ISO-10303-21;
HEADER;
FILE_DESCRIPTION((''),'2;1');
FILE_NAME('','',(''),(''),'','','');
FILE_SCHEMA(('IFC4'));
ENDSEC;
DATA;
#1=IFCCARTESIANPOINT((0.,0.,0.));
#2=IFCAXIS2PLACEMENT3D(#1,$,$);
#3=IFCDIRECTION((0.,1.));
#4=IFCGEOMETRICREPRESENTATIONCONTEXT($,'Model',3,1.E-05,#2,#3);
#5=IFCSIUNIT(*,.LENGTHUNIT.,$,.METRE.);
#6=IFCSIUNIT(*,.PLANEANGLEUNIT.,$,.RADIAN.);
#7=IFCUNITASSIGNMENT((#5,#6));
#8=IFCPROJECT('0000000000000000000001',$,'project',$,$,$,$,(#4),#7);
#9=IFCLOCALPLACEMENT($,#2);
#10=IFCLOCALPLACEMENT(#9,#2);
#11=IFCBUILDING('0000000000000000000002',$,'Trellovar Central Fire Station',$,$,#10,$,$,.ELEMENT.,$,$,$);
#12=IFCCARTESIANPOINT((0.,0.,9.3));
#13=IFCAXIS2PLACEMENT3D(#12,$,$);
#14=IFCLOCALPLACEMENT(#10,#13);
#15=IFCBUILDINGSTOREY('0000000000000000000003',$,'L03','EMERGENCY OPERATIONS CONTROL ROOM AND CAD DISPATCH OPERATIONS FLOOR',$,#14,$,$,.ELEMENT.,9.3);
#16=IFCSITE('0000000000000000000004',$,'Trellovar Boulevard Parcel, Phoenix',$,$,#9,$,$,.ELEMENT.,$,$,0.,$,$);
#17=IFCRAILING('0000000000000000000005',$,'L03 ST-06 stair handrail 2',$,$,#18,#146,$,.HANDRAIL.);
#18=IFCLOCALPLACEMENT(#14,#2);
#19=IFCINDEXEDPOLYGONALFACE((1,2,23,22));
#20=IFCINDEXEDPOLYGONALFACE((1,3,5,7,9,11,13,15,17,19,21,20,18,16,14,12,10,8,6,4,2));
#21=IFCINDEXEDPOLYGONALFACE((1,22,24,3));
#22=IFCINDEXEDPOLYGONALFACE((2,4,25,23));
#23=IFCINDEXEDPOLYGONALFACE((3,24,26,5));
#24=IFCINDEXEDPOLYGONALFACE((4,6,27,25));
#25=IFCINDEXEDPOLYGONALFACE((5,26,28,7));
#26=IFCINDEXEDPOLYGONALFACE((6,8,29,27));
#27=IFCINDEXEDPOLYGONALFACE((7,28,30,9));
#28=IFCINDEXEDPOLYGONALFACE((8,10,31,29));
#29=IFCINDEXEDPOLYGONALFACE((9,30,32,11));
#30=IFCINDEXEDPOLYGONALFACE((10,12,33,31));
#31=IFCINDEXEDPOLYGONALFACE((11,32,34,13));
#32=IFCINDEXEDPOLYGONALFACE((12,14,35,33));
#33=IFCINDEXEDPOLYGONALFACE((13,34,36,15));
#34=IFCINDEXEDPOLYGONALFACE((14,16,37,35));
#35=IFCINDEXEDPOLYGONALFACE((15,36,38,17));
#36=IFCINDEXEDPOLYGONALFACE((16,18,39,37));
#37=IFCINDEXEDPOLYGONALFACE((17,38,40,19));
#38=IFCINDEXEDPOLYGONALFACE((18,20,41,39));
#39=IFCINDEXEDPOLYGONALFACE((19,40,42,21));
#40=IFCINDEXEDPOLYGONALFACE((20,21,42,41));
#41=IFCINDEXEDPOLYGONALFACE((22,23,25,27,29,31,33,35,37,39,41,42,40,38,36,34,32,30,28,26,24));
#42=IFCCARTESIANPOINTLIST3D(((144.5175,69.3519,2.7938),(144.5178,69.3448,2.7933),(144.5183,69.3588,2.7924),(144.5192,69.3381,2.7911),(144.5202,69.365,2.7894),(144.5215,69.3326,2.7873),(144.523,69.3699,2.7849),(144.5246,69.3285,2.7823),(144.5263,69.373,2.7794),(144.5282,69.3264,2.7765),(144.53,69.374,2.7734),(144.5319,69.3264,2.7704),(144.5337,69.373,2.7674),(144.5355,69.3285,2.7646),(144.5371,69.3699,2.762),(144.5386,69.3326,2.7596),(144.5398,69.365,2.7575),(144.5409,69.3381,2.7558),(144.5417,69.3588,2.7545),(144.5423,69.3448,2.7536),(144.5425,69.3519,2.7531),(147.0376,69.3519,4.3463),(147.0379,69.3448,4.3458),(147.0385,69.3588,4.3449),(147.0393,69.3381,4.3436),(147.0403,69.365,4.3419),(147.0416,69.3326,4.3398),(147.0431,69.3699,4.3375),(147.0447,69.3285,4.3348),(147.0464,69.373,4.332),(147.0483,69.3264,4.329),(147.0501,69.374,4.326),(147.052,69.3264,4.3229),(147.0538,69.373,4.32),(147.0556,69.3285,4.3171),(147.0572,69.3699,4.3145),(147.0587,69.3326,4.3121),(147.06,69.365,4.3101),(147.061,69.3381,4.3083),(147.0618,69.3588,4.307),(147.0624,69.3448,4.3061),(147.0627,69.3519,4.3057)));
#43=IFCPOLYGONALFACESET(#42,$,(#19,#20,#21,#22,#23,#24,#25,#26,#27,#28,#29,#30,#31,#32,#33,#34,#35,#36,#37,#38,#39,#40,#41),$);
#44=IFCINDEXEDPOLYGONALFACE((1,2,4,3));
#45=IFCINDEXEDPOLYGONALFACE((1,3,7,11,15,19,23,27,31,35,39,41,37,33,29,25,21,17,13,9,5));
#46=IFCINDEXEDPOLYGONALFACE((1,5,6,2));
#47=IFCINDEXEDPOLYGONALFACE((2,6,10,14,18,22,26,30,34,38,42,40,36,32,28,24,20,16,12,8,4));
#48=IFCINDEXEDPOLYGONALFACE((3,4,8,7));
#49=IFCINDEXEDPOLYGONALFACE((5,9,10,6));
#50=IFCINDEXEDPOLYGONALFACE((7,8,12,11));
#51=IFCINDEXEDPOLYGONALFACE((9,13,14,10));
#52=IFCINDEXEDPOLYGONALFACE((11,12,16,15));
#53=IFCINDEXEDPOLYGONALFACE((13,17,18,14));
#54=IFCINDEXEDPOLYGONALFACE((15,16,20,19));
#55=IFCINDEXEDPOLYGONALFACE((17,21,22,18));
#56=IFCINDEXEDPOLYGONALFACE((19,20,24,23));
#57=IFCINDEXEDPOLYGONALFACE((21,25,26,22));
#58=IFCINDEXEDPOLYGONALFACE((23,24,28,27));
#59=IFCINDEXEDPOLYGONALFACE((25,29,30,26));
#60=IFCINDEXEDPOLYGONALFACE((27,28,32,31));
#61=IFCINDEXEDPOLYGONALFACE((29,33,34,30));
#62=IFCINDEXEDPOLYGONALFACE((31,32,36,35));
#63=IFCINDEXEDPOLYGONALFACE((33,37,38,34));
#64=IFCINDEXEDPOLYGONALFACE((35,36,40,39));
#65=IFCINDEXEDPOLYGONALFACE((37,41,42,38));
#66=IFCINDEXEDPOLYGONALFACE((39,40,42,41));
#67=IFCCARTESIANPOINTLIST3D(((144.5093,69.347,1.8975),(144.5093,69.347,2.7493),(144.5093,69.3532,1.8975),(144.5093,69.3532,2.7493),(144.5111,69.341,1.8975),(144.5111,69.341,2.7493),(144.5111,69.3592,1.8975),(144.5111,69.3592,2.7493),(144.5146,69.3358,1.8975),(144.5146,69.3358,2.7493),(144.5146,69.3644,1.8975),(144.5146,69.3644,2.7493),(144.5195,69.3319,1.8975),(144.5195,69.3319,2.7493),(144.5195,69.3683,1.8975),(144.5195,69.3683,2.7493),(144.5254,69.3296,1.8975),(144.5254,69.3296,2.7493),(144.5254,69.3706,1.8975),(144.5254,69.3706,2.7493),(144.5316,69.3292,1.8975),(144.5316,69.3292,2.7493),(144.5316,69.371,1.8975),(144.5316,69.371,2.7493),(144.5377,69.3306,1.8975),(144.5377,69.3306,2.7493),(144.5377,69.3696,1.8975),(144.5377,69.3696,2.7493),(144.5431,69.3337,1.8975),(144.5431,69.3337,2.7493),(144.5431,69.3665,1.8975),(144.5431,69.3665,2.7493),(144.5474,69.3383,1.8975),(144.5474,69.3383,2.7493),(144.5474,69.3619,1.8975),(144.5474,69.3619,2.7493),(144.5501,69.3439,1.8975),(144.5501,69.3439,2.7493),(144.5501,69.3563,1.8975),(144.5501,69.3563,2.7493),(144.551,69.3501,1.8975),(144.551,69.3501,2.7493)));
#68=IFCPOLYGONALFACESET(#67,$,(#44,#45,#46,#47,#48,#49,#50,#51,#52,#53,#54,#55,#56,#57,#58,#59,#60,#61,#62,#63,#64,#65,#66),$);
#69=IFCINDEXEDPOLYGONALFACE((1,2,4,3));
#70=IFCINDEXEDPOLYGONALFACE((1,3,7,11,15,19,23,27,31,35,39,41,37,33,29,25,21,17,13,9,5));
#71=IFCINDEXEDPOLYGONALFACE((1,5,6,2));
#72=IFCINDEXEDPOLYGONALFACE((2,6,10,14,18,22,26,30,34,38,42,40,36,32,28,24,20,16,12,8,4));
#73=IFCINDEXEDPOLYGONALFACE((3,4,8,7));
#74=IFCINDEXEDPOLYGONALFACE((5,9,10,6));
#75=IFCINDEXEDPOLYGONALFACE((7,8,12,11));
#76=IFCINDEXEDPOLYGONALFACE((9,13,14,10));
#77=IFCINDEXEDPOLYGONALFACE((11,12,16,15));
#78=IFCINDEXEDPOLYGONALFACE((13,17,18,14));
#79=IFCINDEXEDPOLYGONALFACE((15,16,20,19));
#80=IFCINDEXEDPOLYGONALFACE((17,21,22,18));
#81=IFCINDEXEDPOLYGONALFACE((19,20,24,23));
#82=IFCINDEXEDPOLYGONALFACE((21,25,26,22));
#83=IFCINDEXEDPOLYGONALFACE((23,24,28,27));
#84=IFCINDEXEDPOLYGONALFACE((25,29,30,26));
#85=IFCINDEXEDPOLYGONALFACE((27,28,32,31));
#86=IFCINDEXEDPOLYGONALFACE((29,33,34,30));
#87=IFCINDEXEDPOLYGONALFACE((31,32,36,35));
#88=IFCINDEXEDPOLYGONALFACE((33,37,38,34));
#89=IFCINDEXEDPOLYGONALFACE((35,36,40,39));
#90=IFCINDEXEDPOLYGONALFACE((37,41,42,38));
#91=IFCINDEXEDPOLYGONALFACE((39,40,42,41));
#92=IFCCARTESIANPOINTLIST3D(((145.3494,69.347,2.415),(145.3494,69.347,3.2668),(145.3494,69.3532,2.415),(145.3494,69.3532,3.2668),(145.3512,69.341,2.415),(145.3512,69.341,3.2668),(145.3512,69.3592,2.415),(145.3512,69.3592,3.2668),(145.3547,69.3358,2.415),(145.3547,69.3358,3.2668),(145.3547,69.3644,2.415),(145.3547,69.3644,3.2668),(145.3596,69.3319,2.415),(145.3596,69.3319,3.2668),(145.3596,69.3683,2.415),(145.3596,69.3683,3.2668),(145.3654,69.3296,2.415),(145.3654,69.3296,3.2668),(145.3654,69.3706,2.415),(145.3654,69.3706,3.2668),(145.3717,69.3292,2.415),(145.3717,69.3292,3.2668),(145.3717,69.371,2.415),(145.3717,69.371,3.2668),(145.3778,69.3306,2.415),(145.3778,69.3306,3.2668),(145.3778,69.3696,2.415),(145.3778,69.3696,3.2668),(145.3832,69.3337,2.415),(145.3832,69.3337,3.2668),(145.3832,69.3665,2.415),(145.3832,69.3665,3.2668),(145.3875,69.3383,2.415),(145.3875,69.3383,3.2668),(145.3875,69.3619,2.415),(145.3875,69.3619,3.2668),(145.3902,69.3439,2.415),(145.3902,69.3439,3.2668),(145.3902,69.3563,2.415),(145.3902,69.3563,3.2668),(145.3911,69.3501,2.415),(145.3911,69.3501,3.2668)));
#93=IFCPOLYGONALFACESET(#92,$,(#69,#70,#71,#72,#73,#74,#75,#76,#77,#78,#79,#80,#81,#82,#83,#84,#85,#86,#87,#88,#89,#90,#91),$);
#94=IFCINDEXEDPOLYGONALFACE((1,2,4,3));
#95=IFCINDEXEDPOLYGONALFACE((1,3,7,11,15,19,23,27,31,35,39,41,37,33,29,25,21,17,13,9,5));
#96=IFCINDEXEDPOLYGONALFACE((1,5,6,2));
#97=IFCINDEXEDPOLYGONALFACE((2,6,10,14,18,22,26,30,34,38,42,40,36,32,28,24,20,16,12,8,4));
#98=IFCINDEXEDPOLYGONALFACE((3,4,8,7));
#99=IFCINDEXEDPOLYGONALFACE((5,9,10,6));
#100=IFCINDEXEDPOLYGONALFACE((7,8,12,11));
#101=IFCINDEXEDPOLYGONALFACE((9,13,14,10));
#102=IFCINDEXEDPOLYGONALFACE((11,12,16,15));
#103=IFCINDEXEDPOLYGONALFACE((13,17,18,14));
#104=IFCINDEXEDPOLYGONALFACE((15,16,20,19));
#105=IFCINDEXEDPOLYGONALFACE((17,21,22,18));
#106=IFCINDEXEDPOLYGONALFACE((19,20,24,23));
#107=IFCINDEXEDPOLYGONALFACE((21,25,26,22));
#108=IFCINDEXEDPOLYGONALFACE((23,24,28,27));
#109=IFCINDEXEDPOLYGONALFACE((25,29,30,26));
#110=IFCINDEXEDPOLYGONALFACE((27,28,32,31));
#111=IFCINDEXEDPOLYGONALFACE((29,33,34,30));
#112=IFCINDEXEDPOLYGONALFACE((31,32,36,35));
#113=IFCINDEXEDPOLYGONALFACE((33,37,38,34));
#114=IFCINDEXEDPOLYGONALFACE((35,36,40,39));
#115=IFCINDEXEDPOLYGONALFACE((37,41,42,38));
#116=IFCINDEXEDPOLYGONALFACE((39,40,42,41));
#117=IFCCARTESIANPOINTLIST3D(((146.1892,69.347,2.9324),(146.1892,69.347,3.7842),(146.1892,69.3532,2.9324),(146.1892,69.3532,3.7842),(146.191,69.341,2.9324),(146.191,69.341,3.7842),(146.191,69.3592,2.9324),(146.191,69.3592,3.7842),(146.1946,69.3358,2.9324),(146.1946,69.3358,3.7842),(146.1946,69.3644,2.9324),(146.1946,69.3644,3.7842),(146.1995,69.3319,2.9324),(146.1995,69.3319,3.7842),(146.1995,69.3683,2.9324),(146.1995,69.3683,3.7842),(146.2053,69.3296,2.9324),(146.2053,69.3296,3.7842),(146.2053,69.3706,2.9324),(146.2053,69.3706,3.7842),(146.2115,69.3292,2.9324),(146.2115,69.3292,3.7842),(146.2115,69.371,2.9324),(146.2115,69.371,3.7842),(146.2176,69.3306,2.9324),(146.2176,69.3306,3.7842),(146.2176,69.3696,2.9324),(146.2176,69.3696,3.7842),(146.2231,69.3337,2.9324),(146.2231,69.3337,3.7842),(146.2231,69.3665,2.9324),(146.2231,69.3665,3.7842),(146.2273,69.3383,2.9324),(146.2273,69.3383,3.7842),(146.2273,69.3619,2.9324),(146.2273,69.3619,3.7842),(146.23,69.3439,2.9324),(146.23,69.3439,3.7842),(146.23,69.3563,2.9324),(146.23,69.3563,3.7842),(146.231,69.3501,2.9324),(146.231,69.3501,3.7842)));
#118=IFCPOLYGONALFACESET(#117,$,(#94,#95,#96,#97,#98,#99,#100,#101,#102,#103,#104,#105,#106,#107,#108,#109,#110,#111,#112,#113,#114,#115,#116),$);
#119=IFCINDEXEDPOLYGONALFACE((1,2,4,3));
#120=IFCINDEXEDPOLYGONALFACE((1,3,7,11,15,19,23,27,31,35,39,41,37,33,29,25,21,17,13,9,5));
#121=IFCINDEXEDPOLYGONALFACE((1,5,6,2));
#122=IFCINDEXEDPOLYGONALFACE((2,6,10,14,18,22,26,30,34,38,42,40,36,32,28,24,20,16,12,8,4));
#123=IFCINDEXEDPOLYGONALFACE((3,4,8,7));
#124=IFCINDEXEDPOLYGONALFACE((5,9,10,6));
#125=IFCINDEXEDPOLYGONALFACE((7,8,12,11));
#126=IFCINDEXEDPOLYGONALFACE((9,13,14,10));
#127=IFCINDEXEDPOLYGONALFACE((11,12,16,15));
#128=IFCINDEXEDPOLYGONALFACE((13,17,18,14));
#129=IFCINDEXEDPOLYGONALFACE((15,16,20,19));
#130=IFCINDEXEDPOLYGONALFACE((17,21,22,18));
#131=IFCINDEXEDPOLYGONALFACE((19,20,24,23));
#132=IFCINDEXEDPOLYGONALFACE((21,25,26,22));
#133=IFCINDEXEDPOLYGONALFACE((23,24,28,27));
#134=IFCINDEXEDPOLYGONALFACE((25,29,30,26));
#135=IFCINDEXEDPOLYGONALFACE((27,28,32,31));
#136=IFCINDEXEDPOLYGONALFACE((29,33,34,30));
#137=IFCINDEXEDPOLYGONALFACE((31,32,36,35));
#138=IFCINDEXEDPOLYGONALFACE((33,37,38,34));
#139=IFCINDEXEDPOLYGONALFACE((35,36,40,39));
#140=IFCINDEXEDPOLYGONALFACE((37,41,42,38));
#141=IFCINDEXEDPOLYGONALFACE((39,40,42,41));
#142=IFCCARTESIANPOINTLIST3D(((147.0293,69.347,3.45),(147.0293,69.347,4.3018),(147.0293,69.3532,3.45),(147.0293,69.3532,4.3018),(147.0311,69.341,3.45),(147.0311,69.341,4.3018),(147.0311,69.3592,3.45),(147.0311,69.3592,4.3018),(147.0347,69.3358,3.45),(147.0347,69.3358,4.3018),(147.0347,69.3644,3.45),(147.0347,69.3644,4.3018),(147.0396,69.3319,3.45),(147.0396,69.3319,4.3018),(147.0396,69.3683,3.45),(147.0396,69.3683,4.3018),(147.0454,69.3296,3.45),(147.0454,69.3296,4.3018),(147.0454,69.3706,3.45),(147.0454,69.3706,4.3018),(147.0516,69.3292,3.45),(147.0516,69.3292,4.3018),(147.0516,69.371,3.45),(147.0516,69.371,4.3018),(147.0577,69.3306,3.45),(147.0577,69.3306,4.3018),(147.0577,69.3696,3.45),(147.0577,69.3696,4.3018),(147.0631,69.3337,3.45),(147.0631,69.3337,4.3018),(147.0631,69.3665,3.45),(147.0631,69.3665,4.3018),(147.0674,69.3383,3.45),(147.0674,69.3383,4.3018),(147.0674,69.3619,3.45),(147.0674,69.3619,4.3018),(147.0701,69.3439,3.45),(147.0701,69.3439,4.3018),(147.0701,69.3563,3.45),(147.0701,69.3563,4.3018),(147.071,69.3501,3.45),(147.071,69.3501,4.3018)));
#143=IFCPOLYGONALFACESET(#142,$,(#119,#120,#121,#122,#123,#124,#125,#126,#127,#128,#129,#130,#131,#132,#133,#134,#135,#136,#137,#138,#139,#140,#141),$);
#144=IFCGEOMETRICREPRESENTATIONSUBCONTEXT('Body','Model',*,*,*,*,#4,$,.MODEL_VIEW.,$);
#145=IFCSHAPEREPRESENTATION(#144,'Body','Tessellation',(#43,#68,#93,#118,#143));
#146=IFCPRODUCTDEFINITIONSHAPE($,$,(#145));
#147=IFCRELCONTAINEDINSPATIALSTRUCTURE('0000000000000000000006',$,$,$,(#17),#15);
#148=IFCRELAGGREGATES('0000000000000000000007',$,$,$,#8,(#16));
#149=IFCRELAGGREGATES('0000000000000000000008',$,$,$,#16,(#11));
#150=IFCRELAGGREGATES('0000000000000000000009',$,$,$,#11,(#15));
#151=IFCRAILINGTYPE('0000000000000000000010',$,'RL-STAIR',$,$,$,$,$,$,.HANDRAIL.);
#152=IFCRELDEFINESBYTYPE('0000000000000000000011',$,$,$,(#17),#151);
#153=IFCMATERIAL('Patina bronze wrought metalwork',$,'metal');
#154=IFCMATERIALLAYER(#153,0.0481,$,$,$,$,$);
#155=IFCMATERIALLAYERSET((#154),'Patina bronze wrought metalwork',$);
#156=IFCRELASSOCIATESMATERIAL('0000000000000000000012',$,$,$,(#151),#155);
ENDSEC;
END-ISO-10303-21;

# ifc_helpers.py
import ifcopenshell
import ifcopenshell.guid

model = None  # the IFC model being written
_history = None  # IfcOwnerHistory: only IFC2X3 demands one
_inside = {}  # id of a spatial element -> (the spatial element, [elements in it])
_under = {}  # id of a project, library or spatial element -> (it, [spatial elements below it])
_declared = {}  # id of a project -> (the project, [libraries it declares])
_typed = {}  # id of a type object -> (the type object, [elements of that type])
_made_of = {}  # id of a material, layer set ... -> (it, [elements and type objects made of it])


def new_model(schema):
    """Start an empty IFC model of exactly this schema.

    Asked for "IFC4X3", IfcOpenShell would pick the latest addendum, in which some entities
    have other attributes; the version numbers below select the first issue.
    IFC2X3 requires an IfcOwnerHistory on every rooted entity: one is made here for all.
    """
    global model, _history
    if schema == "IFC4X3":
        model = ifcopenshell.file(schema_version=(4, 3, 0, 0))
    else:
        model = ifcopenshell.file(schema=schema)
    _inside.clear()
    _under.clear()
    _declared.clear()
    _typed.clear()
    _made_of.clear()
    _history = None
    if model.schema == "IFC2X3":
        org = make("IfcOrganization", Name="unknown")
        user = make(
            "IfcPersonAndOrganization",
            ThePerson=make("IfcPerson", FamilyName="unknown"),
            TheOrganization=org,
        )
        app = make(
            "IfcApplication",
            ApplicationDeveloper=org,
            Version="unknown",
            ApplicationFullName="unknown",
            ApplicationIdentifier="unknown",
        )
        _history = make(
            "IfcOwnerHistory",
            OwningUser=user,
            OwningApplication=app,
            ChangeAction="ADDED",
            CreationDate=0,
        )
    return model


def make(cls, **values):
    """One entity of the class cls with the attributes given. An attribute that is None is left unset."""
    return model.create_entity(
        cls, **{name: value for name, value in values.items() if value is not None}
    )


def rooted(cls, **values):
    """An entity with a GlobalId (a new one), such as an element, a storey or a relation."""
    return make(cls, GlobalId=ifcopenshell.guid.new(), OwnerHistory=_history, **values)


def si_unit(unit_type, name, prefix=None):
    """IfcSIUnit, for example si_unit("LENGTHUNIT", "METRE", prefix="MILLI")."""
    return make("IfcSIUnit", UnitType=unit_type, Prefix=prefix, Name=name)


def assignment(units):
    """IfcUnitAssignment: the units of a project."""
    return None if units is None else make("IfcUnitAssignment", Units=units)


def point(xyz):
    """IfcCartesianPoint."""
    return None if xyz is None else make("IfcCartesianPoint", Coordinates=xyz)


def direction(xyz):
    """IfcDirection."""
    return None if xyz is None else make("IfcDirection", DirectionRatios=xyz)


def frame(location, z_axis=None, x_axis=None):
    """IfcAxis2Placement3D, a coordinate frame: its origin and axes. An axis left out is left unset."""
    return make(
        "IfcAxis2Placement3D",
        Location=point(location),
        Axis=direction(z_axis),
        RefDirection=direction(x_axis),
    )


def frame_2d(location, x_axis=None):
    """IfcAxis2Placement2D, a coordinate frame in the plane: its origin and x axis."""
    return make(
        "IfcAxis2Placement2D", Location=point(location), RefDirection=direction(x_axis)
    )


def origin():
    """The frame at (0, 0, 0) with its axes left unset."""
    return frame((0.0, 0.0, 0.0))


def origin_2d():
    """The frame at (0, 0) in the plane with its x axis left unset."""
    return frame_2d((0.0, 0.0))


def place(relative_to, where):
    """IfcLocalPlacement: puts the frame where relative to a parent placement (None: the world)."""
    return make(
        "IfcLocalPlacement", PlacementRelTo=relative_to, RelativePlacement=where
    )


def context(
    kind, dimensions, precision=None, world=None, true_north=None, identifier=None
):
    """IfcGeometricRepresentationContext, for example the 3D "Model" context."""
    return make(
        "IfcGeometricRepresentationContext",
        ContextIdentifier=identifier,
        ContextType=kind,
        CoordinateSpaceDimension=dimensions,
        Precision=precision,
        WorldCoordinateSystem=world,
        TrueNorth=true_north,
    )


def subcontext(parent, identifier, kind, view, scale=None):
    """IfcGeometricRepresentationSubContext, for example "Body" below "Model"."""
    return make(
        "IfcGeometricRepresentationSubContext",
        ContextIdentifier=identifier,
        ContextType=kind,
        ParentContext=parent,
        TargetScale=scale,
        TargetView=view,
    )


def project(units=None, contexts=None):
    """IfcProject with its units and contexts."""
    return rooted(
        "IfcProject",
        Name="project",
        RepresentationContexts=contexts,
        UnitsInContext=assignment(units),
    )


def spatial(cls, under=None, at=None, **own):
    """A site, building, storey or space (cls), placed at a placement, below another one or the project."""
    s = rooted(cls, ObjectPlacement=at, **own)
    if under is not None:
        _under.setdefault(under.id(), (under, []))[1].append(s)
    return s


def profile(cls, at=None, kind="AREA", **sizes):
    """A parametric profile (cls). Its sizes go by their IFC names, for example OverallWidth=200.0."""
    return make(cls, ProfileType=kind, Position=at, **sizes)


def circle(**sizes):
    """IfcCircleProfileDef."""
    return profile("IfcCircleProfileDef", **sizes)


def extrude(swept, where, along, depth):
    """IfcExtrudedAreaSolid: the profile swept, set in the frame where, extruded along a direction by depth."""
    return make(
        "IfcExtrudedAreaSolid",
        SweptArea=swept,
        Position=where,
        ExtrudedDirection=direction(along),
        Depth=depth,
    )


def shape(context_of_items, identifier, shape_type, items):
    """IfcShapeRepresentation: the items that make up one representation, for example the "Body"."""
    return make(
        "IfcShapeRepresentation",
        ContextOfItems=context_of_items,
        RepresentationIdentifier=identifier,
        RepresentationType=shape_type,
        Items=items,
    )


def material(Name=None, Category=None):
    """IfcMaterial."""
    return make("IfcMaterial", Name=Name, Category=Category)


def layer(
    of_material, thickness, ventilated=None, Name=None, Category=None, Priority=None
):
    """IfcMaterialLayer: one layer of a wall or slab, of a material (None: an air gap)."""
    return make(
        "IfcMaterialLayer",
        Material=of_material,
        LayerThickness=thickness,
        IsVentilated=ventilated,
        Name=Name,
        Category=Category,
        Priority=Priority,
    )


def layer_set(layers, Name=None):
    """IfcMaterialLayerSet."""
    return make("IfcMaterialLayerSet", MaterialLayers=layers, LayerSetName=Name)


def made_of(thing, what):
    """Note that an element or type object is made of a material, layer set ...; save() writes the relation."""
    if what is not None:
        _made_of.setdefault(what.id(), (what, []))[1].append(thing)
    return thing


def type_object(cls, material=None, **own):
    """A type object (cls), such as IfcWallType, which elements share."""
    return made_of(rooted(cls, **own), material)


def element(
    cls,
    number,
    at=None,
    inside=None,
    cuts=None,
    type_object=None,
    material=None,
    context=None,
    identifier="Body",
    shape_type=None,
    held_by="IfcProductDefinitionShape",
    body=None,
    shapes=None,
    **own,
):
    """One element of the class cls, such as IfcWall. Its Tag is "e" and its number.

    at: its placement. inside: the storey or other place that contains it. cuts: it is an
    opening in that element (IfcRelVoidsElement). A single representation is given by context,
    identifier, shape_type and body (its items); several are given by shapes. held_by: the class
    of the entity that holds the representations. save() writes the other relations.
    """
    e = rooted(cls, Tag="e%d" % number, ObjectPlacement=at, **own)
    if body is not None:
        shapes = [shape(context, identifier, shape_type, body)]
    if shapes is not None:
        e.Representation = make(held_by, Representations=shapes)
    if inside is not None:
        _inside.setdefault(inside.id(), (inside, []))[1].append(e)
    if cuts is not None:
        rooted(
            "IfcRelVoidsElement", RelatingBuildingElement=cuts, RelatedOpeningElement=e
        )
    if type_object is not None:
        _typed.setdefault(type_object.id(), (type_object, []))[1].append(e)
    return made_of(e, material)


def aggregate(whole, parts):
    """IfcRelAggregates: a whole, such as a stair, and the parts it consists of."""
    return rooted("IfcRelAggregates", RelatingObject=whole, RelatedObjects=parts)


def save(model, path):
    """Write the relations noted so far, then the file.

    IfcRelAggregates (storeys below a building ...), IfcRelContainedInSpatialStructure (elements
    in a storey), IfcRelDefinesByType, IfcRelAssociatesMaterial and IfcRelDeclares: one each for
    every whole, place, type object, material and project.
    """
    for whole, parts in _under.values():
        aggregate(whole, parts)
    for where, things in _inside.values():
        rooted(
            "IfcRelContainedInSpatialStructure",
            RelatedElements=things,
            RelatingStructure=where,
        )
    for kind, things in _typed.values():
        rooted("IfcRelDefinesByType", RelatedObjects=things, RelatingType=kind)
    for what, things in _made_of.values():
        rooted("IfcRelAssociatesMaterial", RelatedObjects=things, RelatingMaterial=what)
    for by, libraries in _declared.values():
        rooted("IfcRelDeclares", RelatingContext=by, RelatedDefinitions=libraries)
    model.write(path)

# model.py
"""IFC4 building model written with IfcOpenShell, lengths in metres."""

from ifc_helpers import new_model, si_unit, direction, frame, origin, origin_2d, place, context, subcontext, project, spatial, circle, extrude, material, layer, layer_set, type_object, element, save


model = new_model("IFC4")

# Units and contexts
model_context = context("Model", 3, precision=1e-05, world=origin(), true_north=direction((0.0, 1.0)))
body_context = subcontext(model_context, "Body", "Model", "MODEL_VIEW")
ifc_project = project(units=[si_unit("LENGTHUNIT", "METRE"), si_unit("PLANEANGLEUNIT", "RADIAN")], contexts=[model_context])

# Site, building, storey
site_placement = place(None, origin())
site = spatial("IfcSite", under=ifc_project, at=site_placement, Name="Trellovar Boulevard Parcel, Phoenix", CompositionType="ELEMENT", RefElevation=0.0)
building_placement = place(site_placement, origin())
building = spatial("IfcBuilding", under=site, at=building_placement, Name="Trellovar Central Fire Station", CompositionType="ELEMENT")
storey_placement = place(building_placement, frame((0.0, 0.0, 9.3)))
storey = spatial("IfcBuildingStorey", under=building, at=storey_placement, Name="L03", Description="EMERGENCY OPERATIONS CONTROL ROOM AND CAD DISPATCH OPERATIONS FLOOR", CompositionType="ELEMENT", Elevation=9.3)

# Railing
ifc_material_1 = material(Name="Patina bronze wrought metalwork", Category="metal")
ifc_layer_1 = layer(ifc_material_1, 0.0481)
ifc_layer_set_1 = layer_set([ifc_layer_1], Name="Patina bronze wrought metalwork")
railing_type_1 = type_object("IfcRailingType", Name="RL-STAIR", PredefinedType="HANDRAIL", material=ifc_layer_set_1)
railing_1_placement = place(storey_placement, frame((144.53, 69.3501, 1.8975)))
element("IfcRailing", 1, at=railing_1_placement, inside=storey, type_object=railing_type_1, Name="L03 ST-06 stair handrail 2", PredefinedType="HANDRAIL", context=body_context, shape_type="SweptSolid", body=[
    extrude(circle(Radius=0.0239, at=origin_2d()), frame((0.0, 0.0, 0.876), z_axis=(0.8514, 0.0, 0.524516), x_axis=(0.0, 1.0, 0.0)), (0.0, 0.0, 1.0), 2.96),
    extrude(circle(Radius=0.021, at=origin_2d()), origin(), (0.0, 0.0, 1.0), 0.8518),
    extrude(circle(Radius=0.021, at=origin_2d()), frame((0.8401, 0.0, 0.5176)), (0.0, 0.0, 1.0), 0.8518),
    extrude(circle(Radius=0.021, at=origin_2d()), frame((1.6799, 0.0, 1.0349)), (0.0, 0.0, 1.0), 0.8518),
    extrude(circle(Radius=0.021, at=origin_2d()), frame((2.52, 0.0, 1.5525)), (0.0, 0.0, 1.0), 0.8518),
])

save(model, "model.ifc")
